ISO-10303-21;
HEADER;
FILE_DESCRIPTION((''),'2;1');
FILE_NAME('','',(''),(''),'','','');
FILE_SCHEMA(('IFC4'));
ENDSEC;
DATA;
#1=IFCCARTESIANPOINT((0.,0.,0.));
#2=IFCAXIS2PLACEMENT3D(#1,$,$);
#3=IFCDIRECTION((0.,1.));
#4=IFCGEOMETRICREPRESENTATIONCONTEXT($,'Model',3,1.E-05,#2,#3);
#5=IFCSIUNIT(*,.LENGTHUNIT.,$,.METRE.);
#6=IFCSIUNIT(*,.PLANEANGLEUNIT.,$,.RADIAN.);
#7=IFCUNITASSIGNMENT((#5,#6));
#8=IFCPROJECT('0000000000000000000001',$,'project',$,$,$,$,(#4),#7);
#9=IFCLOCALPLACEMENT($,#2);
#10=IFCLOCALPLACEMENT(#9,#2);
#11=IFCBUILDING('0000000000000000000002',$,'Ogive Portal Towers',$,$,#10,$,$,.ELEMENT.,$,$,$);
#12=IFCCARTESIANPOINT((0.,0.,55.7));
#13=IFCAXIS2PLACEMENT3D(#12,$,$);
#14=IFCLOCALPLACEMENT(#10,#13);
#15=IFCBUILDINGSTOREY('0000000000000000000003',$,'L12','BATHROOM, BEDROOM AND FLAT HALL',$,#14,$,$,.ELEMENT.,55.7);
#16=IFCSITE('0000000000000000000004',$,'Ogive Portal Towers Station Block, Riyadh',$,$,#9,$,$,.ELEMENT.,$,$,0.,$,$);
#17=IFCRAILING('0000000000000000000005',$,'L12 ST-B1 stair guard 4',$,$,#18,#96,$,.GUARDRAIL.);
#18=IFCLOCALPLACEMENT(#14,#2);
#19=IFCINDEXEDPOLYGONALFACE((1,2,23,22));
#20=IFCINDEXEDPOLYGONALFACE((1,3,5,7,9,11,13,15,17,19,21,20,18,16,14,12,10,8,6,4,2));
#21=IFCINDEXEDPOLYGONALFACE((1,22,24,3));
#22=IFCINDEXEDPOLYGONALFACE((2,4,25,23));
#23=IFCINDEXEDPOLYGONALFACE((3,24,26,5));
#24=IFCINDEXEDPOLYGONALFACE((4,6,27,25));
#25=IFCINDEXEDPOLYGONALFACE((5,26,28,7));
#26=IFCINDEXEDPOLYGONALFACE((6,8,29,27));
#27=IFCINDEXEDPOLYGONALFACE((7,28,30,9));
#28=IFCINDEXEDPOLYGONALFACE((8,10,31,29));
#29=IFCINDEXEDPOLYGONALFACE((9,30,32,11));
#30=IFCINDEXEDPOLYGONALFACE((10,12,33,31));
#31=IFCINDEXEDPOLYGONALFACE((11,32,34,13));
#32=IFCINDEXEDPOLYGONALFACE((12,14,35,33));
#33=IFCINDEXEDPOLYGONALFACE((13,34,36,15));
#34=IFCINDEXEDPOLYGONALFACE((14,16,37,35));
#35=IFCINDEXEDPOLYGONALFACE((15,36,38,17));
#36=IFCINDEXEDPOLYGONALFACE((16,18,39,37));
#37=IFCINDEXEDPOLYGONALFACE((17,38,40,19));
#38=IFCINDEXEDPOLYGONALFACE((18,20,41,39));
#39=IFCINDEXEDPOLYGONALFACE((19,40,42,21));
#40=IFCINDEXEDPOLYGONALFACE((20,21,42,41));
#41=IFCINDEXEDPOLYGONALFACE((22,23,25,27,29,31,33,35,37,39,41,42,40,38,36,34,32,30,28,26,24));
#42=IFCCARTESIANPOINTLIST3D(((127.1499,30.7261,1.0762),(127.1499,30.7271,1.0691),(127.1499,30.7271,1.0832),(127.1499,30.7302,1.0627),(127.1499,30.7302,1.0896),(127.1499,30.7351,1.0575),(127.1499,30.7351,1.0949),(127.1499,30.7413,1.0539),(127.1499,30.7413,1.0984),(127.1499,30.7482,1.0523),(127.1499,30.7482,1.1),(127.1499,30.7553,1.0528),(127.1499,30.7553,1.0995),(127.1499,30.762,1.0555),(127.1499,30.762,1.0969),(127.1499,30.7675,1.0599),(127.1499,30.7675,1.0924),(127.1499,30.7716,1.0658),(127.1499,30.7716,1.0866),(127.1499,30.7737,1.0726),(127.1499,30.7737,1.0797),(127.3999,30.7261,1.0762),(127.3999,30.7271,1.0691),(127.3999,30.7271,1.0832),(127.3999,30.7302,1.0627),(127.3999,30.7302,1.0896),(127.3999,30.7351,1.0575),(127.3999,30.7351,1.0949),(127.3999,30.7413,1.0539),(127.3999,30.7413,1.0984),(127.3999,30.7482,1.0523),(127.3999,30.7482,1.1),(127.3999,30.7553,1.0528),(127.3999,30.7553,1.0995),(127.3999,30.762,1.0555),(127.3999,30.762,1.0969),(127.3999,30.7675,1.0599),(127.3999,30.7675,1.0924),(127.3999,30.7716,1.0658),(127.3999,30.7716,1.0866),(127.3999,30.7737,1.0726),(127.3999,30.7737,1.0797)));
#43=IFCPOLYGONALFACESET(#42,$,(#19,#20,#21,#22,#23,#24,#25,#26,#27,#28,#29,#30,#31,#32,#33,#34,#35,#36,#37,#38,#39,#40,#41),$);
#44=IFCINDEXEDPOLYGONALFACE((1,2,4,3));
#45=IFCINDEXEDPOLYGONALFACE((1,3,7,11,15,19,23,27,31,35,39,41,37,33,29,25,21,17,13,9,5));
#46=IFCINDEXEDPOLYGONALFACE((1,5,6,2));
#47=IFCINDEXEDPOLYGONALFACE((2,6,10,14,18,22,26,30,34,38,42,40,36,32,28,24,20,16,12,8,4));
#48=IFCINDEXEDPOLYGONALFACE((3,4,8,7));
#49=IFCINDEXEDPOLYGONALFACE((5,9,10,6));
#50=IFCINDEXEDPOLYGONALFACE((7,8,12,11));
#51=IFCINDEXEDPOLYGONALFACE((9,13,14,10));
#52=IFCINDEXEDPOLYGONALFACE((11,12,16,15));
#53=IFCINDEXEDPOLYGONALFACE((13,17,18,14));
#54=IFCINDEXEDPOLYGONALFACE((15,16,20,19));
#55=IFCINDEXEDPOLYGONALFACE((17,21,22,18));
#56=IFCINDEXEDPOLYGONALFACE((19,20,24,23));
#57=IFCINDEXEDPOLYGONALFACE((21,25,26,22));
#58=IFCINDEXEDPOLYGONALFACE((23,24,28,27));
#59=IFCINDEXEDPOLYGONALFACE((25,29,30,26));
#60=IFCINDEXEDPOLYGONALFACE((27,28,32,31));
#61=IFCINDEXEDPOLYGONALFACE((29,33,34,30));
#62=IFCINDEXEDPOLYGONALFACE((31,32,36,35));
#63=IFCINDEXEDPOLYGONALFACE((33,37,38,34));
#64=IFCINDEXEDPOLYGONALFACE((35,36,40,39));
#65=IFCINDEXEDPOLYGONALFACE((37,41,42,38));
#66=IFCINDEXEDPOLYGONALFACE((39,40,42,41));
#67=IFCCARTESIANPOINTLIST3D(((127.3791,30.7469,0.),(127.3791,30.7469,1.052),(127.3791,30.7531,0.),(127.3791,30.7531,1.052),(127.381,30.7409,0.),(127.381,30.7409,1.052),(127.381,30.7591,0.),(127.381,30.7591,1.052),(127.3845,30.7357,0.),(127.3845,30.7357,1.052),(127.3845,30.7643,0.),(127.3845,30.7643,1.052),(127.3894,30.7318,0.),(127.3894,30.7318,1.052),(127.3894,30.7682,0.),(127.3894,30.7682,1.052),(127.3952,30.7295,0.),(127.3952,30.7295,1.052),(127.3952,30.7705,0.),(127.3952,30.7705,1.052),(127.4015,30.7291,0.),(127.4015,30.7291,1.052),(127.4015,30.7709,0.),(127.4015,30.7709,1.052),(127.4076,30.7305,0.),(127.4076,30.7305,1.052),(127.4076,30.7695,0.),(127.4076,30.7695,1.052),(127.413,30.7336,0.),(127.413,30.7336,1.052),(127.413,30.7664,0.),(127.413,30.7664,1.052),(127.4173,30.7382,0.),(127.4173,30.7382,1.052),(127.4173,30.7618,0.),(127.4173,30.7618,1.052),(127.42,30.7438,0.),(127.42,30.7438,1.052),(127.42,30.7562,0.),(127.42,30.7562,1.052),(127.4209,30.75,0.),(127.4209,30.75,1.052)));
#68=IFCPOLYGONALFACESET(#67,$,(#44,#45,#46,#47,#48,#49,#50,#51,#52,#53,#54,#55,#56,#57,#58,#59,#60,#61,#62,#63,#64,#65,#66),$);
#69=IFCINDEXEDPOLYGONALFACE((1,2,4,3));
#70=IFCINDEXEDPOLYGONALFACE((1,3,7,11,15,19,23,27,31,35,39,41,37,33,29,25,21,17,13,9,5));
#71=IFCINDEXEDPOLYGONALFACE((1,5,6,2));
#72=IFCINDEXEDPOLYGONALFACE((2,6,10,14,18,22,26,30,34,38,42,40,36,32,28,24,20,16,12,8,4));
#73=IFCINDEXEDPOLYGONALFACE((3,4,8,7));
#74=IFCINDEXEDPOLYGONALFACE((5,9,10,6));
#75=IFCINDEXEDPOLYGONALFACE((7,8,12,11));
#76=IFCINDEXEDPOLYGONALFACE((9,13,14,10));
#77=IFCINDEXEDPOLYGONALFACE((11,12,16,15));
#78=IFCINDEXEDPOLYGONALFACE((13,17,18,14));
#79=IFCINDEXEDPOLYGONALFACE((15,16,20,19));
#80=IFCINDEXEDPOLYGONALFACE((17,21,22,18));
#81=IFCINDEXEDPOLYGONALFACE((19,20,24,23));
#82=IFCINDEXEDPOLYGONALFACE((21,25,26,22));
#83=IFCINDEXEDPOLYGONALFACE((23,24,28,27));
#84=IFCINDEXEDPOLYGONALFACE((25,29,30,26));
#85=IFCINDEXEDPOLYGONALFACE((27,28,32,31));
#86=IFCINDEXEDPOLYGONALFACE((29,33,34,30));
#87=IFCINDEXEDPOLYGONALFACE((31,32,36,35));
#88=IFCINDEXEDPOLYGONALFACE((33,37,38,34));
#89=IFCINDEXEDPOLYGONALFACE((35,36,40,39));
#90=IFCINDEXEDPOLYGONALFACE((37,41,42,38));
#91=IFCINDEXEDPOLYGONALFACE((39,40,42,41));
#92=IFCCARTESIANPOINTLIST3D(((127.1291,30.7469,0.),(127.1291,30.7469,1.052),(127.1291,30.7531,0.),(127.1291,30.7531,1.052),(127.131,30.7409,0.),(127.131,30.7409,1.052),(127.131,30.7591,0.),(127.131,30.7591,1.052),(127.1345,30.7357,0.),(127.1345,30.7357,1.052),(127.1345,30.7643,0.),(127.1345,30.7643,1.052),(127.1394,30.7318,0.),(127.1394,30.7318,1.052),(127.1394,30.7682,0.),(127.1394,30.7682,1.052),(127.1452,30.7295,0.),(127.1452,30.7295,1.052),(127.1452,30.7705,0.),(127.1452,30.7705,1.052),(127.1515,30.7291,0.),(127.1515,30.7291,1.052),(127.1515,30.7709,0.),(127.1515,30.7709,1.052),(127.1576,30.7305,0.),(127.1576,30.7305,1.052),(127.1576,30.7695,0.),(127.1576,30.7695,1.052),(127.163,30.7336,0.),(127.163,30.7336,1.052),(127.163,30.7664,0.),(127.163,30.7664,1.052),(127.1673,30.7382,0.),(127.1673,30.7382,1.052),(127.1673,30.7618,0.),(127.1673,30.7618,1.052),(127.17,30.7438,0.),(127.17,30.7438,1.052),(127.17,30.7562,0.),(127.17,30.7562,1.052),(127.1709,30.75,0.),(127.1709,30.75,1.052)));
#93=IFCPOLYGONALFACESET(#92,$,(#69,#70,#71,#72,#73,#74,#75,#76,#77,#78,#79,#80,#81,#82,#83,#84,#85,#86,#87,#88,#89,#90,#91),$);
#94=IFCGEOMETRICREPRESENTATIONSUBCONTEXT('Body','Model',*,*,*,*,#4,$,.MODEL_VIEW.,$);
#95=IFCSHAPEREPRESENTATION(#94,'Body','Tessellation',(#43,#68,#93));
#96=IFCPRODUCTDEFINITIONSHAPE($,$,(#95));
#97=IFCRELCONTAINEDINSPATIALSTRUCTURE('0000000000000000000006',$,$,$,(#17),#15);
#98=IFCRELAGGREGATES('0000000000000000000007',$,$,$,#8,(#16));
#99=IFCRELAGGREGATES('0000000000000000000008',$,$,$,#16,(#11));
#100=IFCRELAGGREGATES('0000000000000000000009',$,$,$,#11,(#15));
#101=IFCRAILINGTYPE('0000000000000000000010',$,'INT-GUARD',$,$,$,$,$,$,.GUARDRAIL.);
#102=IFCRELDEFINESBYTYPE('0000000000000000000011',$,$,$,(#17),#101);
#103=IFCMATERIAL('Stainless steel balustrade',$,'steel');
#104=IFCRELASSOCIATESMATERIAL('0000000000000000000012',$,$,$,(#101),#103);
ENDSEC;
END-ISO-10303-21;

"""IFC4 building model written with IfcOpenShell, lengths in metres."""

from ifc_helpers import new_model, si_unit, direction, frame, origin, origin_2d, place, context, subcontext, project, spatial, circle, extrude, material, type_object, element, save


model = new_model("IFC4")

# Units and contexts
model_context = context("Model", 3, precision=1e-05, world=origin(), true_north=direction((0.0, 1.0)))
body_context = subcontext(model_context, "Body", "Model", "MODEL_VIEW")
ifc_project = project(units=[si_unit("LENGTHUNIT", "METRE"), si_unit("PLANEANGLEUNIT", "RADIAN")], contexts=[model_context])

# Site, building, storey
site_placement = place(None, origin())
site = spatial("IfcSite", under=ifc_project, at=site_placement, Name="Ogive Portal Towers Station Block, Riyadh", CompositionType="ELEMENT", RefElevation=0.0)
building_placement = place(site_placement, origin())
building = spatial("IfcBuilding", under=site, at=building_placement, Name="Ogive Portal Towers", CompositionType="ELEMENT")
storey_placement = place(building_placement, frame((0.0, 0.0, 55.7)))
storey = spatial("IfcBuildingStorey", under=building, at=storey_placement, Name="L12", Description="BATHROOM, BEDROOM AND FLAT HALL", CompositionType="ELEMENT", Elevation=55.7)

# Railing
ifc_material_1 = material(Name="Stainless steel balustrade", Category="steel")
railing_type_1 = type_object("IfcRailingType", Name="INT-GUARD", PredefinedType="GUARDRAIL", material=ifc_material_1)
railing_1_placement = place(storey_placement, frame((127.3999, 30.75, 0.0)))
element("IfcRailing", 1, at=railing_1_placement, inside=storey, type_object=railing_type_1, Name="L12 ST-B1 stair guard 4", PredefinedType="GUARDRAIL", context=body_context, shape_type="SweptSolid", body=[
    extrude(circle(Radius=0.0239, at=origin_2d()), frame((0.0, 0.0, 1.0762), z_axis=(-1.0, 0.0, 0.0), x_axis=(0.0, -1.0, 0.0)), (0.0, 0.0, 1.0), 0.25),
    extrude(circle(Radius=0.021, at=origin_2d()), origin(), (0.0, 0.0, 1.0), 1.052),
    extrude(circle(Radius=0.021, at=origin_2d()), frame((-0.25, 0.0, 0.0)), (0.0, 0.0, 1.0), 1.052),
])

save(model, "model.ifc")
